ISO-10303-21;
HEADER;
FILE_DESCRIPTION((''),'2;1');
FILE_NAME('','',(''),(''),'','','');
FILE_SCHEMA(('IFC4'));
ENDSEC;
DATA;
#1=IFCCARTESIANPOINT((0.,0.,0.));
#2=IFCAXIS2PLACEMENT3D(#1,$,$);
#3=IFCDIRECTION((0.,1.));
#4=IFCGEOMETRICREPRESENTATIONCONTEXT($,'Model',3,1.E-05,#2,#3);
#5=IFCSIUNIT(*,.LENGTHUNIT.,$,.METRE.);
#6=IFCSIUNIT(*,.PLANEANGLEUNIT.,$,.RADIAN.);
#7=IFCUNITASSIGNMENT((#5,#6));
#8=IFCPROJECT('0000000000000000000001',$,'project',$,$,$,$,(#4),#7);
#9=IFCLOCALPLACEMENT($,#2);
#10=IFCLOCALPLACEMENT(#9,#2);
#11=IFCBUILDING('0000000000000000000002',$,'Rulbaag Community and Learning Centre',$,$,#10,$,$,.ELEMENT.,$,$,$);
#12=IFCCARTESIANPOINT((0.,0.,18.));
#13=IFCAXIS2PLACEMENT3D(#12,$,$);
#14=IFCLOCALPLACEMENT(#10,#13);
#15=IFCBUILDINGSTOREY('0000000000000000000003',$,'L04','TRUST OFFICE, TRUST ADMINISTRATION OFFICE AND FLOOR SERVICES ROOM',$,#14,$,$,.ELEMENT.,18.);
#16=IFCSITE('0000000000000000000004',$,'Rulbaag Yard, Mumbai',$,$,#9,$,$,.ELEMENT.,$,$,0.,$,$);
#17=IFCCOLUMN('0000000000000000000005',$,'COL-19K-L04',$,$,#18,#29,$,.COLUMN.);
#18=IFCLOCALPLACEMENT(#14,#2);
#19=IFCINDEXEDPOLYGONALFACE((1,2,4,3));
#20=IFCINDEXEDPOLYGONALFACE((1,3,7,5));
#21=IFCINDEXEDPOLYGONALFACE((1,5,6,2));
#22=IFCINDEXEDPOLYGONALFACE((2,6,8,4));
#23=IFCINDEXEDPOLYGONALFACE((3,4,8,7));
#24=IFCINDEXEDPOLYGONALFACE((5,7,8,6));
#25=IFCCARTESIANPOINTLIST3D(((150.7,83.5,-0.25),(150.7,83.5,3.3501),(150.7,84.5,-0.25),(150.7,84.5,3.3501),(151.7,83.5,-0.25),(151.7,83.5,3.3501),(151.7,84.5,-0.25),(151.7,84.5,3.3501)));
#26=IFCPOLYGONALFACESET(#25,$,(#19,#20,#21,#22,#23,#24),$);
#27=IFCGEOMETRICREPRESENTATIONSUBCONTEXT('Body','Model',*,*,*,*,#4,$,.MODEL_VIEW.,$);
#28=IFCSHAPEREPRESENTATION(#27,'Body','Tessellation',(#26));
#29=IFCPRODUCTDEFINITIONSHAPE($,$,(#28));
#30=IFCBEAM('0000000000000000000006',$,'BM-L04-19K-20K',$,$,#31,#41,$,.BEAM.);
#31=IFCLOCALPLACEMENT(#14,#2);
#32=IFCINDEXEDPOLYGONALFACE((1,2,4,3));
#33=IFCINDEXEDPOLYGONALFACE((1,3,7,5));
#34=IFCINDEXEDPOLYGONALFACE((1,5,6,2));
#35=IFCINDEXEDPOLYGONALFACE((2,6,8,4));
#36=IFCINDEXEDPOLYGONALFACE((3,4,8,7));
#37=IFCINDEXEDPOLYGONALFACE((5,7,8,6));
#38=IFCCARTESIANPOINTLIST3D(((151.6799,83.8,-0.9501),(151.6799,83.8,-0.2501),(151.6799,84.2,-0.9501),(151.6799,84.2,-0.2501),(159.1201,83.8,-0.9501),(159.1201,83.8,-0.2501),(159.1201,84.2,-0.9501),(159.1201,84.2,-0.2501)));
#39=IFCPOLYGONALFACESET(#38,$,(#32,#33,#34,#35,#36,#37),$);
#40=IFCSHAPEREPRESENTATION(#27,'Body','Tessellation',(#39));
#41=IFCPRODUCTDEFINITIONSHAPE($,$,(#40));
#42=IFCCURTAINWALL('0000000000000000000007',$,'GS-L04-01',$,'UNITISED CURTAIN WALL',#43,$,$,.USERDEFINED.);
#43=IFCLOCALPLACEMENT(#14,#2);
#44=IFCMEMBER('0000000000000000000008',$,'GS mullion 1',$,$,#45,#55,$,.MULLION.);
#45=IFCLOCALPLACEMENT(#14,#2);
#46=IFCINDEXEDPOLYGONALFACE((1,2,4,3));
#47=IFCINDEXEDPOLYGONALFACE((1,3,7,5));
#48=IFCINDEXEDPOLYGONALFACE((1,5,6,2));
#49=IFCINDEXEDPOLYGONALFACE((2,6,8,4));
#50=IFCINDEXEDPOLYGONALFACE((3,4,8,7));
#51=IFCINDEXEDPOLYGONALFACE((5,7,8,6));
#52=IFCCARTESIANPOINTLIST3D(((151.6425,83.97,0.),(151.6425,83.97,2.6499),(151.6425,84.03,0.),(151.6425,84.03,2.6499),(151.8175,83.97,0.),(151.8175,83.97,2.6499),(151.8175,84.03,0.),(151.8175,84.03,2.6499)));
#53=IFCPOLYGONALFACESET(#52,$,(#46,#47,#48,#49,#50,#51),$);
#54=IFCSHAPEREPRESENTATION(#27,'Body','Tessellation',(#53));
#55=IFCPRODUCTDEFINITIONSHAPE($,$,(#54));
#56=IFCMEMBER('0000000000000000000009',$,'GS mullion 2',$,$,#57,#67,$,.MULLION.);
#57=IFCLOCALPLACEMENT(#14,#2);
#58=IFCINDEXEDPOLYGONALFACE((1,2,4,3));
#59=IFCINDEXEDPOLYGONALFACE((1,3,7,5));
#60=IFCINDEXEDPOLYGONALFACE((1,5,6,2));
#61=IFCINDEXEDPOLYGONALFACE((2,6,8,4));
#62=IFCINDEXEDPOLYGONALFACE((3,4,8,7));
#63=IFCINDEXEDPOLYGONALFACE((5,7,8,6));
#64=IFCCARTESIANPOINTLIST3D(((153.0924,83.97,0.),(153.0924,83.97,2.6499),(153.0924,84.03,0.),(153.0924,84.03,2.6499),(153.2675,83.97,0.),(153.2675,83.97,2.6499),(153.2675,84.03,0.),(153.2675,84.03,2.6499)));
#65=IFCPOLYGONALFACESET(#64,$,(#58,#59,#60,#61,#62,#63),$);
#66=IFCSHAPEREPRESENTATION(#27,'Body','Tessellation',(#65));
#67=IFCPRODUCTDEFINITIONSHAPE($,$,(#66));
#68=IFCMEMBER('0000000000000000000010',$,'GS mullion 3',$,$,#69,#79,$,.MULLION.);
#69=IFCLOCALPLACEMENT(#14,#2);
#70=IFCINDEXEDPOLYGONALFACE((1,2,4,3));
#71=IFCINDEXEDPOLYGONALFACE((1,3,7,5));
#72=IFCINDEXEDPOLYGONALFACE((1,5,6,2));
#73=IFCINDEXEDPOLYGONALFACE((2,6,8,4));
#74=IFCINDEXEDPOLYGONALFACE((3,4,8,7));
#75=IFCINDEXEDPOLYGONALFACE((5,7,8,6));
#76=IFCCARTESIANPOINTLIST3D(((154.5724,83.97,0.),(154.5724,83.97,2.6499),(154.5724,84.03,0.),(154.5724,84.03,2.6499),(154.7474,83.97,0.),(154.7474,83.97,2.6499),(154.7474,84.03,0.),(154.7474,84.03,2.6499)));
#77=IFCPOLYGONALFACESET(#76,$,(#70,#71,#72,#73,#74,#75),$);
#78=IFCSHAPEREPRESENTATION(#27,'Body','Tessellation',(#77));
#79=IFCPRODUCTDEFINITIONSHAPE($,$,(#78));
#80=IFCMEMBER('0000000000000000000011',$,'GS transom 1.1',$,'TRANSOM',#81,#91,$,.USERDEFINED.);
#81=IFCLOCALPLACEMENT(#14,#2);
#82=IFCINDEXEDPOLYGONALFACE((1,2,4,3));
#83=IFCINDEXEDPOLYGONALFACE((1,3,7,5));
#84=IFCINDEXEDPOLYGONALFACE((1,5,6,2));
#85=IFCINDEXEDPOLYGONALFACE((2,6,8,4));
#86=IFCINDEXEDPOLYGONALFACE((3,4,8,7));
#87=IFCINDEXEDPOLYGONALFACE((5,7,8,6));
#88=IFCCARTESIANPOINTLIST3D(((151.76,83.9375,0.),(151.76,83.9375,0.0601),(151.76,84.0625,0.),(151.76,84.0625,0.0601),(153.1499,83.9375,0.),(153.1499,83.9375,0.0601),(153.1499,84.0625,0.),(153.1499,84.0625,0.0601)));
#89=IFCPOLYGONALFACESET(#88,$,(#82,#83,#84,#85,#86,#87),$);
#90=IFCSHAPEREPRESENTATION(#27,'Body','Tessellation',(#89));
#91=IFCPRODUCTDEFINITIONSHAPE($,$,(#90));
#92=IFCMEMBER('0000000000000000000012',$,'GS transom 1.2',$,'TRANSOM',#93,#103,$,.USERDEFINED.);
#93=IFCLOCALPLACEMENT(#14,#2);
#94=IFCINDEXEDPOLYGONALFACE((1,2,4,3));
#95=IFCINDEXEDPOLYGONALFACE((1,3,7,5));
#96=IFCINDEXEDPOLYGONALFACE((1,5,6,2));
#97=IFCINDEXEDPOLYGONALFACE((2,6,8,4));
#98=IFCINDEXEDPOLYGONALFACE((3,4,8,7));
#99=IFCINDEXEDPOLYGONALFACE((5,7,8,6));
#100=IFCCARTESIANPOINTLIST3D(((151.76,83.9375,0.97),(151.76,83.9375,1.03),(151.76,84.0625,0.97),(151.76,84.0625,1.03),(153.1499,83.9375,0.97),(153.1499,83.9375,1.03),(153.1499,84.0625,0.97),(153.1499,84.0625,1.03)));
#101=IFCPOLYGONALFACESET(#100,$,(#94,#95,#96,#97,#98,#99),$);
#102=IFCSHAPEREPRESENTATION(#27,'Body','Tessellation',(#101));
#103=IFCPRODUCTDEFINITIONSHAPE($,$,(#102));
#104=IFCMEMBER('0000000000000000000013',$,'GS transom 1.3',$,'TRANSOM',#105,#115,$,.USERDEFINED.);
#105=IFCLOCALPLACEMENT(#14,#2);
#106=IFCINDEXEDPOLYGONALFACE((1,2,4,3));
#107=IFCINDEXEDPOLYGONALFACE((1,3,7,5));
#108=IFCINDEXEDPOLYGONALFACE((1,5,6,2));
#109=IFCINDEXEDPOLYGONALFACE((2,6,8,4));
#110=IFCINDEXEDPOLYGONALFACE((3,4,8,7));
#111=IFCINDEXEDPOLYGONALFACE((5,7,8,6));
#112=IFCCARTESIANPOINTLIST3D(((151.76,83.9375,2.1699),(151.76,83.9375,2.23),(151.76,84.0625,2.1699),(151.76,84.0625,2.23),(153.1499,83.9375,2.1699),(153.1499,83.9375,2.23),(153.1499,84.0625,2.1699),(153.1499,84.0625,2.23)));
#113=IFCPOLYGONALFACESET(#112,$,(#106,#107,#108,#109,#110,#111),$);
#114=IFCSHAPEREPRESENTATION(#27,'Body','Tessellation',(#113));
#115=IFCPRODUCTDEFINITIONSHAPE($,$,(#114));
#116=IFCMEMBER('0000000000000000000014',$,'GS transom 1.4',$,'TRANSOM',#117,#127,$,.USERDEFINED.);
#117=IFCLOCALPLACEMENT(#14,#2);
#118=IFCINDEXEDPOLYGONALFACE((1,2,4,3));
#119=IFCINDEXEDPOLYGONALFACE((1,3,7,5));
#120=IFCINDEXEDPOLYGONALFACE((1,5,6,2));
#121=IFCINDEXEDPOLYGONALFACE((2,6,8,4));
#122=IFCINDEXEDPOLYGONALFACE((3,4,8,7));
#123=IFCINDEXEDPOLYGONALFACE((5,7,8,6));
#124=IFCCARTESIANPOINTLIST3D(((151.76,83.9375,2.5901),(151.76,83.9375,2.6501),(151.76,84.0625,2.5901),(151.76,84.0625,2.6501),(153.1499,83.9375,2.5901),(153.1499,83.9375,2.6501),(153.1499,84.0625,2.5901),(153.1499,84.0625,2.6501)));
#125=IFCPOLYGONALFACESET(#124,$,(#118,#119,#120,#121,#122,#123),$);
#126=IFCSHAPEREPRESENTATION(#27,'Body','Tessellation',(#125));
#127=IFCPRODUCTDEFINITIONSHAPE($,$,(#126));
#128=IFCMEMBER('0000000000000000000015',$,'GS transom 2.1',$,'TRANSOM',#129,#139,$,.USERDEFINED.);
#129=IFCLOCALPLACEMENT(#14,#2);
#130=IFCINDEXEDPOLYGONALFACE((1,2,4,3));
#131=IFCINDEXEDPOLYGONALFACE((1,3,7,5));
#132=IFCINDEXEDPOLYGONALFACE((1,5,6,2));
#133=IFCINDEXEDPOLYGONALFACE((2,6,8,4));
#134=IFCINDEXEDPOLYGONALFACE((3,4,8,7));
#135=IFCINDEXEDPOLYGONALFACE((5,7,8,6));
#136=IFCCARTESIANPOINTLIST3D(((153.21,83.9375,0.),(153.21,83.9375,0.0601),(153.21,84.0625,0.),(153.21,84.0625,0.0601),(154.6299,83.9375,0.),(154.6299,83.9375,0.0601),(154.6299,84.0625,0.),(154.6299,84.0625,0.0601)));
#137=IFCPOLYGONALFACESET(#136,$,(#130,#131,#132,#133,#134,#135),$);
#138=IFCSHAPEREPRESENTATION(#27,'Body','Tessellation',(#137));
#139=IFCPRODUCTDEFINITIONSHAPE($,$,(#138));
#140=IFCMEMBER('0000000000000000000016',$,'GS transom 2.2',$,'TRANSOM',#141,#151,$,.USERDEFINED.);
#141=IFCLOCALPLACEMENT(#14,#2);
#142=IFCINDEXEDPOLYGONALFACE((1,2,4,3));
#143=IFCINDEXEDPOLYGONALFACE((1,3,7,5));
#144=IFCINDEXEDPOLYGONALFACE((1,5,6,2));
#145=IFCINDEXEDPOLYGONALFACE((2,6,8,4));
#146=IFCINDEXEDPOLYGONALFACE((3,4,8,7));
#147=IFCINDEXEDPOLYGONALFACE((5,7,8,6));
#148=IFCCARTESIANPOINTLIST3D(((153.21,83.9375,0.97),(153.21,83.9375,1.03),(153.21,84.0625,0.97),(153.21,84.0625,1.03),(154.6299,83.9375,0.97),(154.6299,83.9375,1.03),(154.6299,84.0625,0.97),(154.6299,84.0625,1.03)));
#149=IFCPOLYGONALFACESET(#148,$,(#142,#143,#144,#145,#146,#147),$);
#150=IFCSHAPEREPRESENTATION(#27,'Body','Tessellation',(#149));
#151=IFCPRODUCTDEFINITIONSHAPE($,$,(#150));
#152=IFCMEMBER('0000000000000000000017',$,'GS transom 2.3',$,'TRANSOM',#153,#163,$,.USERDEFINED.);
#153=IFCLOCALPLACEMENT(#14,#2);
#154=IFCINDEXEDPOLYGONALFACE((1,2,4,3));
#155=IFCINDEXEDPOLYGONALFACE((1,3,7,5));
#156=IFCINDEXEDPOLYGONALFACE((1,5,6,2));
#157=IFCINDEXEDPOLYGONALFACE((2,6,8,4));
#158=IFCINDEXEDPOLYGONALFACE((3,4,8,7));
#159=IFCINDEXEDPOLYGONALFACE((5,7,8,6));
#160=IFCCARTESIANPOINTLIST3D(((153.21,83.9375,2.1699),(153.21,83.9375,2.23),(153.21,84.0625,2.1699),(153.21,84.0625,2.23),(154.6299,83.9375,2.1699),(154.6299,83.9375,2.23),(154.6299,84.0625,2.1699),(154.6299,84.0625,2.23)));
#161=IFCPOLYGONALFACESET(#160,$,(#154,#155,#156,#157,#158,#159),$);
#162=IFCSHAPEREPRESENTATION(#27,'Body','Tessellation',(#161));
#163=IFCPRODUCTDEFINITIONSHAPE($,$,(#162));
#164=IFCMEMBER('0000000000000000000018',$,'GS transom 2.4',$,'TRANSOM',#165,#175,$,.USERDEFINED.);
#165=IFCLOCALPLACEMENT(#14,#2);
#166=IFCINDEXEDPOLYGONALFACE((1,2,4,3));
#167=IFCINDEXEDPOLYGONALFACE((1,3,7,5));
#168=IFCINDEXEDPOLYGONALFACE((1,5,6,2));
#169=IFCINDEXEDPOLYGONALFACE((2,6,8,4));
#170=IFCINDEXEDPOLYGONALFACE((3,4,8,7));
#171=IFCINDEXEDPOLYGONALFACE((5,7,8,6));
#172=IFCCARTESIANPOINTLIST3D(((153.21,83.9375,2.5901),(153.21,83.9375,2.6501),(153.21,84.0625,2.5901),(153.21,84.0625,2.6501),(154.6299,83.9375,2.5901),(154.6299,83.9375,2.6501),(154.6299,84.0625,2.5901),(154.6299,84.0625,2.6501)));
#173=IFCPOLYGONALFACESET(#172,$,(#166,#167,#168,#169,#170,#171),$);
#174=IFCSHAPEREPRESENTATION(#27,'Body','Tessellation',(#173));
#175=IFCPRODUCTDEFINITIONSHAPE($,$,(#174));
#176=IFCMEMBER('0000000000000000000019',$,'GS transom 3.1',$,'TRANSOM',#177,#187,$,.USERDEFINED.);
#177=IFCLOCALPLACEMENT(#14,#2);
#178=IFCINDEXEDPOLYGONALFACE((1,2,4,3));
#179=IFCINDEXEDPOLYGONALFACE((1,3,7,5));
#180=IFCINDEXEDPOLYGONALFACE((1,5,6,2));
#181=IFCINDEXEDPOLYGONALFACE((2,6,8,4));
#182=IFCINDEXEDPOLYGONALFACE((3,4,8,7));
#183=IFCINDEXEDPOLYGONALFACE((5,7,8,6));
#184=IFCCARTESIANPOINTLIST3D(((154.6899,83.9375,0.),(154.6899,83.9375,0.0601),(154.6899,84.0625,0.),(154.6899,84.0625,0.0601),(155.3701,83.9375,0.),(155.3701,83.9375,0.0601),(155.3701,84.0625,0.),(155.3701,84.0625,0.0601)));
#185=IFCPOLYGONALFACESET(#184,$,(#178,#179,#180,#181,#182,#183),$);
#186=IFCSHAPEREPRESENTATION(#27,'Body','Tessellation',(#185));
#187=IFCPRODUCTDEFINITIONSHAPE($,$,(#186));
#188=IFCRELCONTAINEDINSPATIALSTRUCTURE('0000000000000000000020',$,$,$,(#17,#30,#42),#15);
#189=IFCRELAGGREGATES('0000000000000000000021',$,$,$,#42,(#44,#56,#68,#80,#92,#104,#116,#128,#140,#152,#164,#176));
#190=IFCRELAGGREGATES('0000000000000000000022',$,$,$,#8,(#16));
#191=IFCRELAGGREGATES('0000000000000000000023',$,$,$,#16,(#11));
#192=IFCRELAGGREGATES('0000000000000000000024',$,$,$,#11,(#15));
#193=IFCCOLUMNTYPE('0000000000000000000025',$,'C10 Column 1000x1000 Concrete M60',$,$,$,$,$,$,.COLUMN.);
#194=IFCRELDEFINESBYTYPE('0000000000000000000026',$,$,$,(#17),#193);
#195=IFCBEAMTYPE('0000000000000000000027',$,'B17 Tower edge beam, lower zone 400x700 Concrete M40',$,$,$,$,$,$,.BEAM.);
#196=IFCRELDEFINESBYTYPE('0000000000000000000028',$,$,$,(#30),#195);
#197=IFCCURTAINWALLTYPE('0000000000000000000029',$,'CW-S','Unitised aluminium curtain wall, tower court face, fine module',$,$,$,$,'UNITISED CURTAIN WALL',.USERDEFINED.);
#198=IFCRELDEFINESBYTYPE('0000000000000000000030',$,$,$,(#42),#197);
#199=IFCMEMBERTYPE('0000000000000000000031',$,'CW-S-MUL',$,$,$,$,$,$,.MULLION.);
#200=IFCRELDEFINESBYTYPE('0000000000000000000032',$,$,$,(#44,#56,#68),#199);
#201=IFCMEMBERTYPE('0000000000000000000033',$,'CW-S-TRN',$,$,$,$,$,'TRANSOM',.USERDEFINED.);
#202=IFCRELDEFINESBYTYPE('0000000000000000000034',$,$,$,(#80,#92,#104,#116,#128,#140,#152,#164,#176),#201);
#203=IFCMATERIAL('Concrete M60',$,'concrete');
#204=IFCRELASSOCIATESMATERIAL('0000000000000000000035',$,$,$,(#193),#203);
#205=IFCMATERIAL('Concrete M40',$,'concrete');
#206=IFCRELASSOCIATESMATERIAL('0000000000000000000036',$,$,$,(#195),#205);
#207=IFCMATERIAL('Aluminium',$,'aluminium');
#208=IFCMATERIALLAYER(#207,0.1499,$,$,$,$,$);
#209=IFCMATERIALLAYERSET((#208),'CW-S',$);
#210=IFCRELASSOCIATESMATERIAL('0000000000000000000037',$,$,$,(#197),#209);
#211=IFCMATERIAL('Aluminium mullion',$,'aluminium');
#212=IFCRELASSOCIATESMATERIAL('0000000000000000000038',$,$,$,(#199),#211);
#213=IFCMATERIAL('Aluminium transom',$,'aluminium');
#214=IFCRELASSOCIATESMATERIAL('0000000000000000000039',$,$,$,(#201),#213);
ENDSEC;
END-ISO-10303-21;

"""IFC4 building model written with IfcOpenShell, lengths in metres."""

from ifc_helpers import new_model, si_unit, direction, frame, origin, origin_2d, place, context, subcontext, project, spatial, rectangle, extrude, material, layer, layer_set, material_profile, profile_set, type_object, element, aggregate, save


model = new_model("IFC4")

# Units and contexts
model_context = context("Model", 3, precision=1e-05, world=origin(), true_north=direction((0.0, 1.0)))
body_context = subcontext(model_context, "Body", "Model", "MODEL_VIEW")
ifc_project = project(units=[si_unit("LENGTHUNIT", "METRE"), si_unit("PLANEANGLEUNIT", "RADIAN")], contexts=[model_context])

# Site, building, storey
site_placement = place(None, origin())
site = spatial("IfcSite", under=ifc_project, at=site_placement, Name="Rulbaag Yard, Mumbai", CompositionType="ELEMENT", RefElevation=0.0)
building_placement = place(site_placement, origin())
building = spatial("IfcBuilding", under=site, at=building_placement, Name="Rulbaag Community and Learning Centre", CompositionType="ELEMENT")
storey_placement = place(building_placement, frame((0.0, 0.0, 18.0)))
storey = spatial("IfcBuildingStorey", under=building, at=storey_placement, Name="L04", Description="TRUST OFFICE, TRUST ADMINISTRATION OFFICE AND FLOOR SERVICES ROOM", CompositionType="ELEMENT", Elevation=18.0)

# Column
ifc_material_1 = material(Name="Concrete M60", Category="concrete")
ifc_material_profile_1 = material_profile(ifc_material_1, rectangle(XDim=1.0, YDim=1.0, at=origin_2d()), Name="RC1000x1000")
ifc_profile_set_1 = profile_set([ifc_material_profile_1], Name="Concrete M60")
column_type = type_object("IfcColumnType", Name="C10 Column 1000x1000 Concrete M60", PredefinedType="COLUMN", material=ifc_profile_set_1)
column_placement = place(storey_placement, frame((151.2, 84.0, -0.25), z_axis=(0.0, 0.0, 1.0), x_axis=(1.0, 0.0, 0.0)))
element("IfcColumn", 1, at=column_placement, inside=storey, type_object=column_type, Name="COL-19K-L04", PredefinedType="COLUMN", context=body_context, shape_type="SweptSolid", body=[
    extrude(rectangle(XDim=1.0, YDim=1.0, at=origin_2d()), origin(), (0.0, 0.0, 1.0), 3.6001),
])

# Beam
ifc_material_2 = material(Name="Concrete M40", Category="concrete")
ifc_material_profile_2 = material_profile(ifc_material_2, rectangle(XDim=0.3999, YDim=0.7, at=origin_2d()), Name="RB400x700")
ifc_profile_set_2 = profile_set([ifc_material_profile_2], Name="Concrete M40")
beam_type = type_object("IfcBeamType", Name="B17 Tower edge beam, lower zone 400x700 Concrete M40", PredefinedType="BEAM", material=ifc_profile_set_2)
beam_placement = place(storey_placement, frame((151.6799, 84.0, -0.6001), z_axis=(1.0, 0.0, 0.0), x_axis=(0.0, 1.0, 0.0)))
element("IfcBeam", 2, at=beam_placement, inside=storey, type_object=beam_type, Name="BM-L04-19K-20K", PredefinedType="BEAM", context=body_context, shape_type="SweptSolid", body=[
    extrude(rectangle(XDim=0.3999, YDim=0.7, at=origin_2d()), origin(), (0.0, 0.0, 1.0), 7.4402),
])

# Curtain wall, members
ifc_material_3 = material(Name="Aluminium", Category="aluminium")
ifc_layer_1 = layer(ifc_material_3, 0.1499)
ifc_layer_set_1 = layer_set([ifc_layer_1], Name="CW-S")
curtain_wall_type = type_object("IfcCurtainWallType", Name="CW-S", Description="Unitised aluminium curtain wall, tower court face, fine module", ElementType="UNITISED CURTAIN WALL", PredefinedType="USERDEFINED", material=ifc_layer_set_1)
curtain_wall_placement = place(storey_placement, origin())
curtain_wall = element("IfcCurtainWall", 3, at=curtain_wall_placement, inside=storey, type_object=curtain_wall_type, Name="GS-L04-01", ObjectType="UNITISED CURTAIN WALL", PredefinedType="USERDEFINED")
ifc_material_4 = material(Name="Aluminium mullion", Category="aluminium")
ifc_material_profile_3 = material_profile(ifc_material_4, rectangle(XDim=0.0601, YDim=0.175, at=origin_2d()), Name="AL 60x175")
ifc_profile_set_3 = profile_set([ifc_material_profile_3], Name="Aluminium mullion")
member_type_1 = type_object("IfcMemberType", Name="CW-S-MUL", PredefinedType="MULLION", material=ifc_profile_set_3)
member_1_placement = place(storey_placement, frame((151.73, 84.0, 0.0), z_axis=(0.0, 0.0, 1.0), x_axis=(0.0, 1.0, 0.0)))
member_1 = element("IfcMember", 4, at=member_1_placement, type_object=member_type_1, Name="GS mullion 1", PredefinedType="MULLION", context=body_context, shape_type="SweptSolid", body=[
    extrude(rectangle(XDim=0.0601, YDim=0.175, at=origin_2d()), origin(), (0.0, 0.0, 1.0), 2.6499),
])
member_2_placement = place(storey_placement, frame((153.1799, 84.0, 0.0), z_axis=(0.0, 0.0, 1.0), x_axis=(0.0, 1.0, 0.0)))
member_2 = element("IfcMember", 5, at=member_2_placement, type_object=member_type_1, Name="GS mullion 2", PredefinedType="MULLION", context=body_context, shape_type="SweptSolid", body=[
    extrude(rectangle(XDim=0.0601, YDim=0.175, at=origin_2d()), origin(), (0.0, 0.0, 1.0), 2.6499),
])
member_3_placement = place(storey_placement, frame((154.6599, 84.0, 0.0), z_axis=(0.0, 0.0, 1.0), x_axis=(0.0, 1.0, 0.0)))
member_3 = element("IfcMember", 6, at=member_3_placement, type_object=member_type_1, Name="GS mullion 3", PredefinedType="MULLION", context=body_context, shape_type="SweptSolid", body=[
    extrude(rectangle(XDim=0.0601, YDim=0.175, at=origin_2d()), origin(), (0.0, 0.0, 1.0), 2.6499),
])
ifc_material_5 = material(Name="Aluminium transom", Category="aluminium")
ifc_material_profile_4 = material_profile(ifc_material_5, rectangle(XDim=0.125, YDim=0.0601, at=origin_2d()), Name="AL 60x125 T")
ifc_profile_set_4 = profile_set([ifc_material_profile_4], Name="Aluminium transom")
member_type_2 = type_object("IfcMemberType", Name="CW-S-TRN", ElementType="TRANSOM", PredefinedType="USERDEFINED", material=ifc_profile_set_4)
member_4_placement = place(storey_placement, frame((151.76, 84.0, 0.03), z_axis=(1.0, 0.0, 0.0), x_axis=(0.0, 1.0, 0.0)))
member_4 = element("IfcMember", 7, at=member_4_placement, type_object=member_type_2, Name="GS transom 1.1", ObjectType="TRANSOM", PredefinedType="USERDEFINED", context=body_context, shape_type="SweptSolid", body=[
    extrude(rectangle(XDim=0.125, YDim=0.0601, at=origin_2d()), origin(), (0.0, 0.0, 1.0), 1.3899),
])
member_5_placement = place(storey_placement, frame((151.76, 84.0, 1.0), z_axis=(1.0, 0.0, 0.0), x_axis=(0.0, 1.0, 0.0)))
member_5 = element("IfcMember", 8, at=member_5_placement, type_object=member_type_2, Name="GS transom 1.2", ObjectType="TRANSOM", PredefinedType="USERDEFINED", context=body_context, shape_type="SweptSolid", body=[
    extrude(rectangle(XDim=0.125, YDim=0.0601, at=origin_2d()), origin(), (0.0, 0.0, 1.0), 1.3899),
])
member_6_placement = place(storey_placement, frame((151.76, 84.0, 2.2), z_axis=(1.0, 0.0, 0.0), x_axis=(0.0, 1.0, 0.0)))
member_6 = element("IfcMember", 9, at=member_6_placement, type_object=member_type_2, Name="GS transom 1.3", ObjectType="TRANSOM", PredefinedType="USERDEFINED", context=body_context, shape_type="SweptSolid", body=[
    extrude(rectangle(XDim=0.125, YDim=0.0601, at=origin_2d()), origin(), (0.0, 0.0, 1.0), 1.3899),
])
member_7_placement = place(storey_placement, frame((151.76, 84.0, 2.6201), z_axis=(1.0, 0.0, 0.0), x_axis=(0.0, 1.0, 0.0)))
member_7 = element("IfcMember", 10, at=member_7_placement, type_object=member_type_2, Name="GS transom 1.4", ObjectType="TRANSOM", PredefinedType="USERDEFINED", context=body_context, shape_type="SweptSolid", body=[
    extrude(rectangle(XDim=0.125, YDim=0.0601, at=origin_2d()), origin(), (0.0, 0.0, 1.0), 1.3899),
])
member_8_placement = place(storey_placement, frame((153.21, 84.0, 0.03), z_axis=(1.0, 0.0, 0.0), x_axis=(0.0, 1.0, 0.0)))
member_8 = element("IfcMember", 11, at=member_8_placement, type_object=member_type_2, Name="GS transom 2.1", ObjectType="TRANSOM", PredefinedType="USERDEFINED", context=body_context, shape_type="SweptSolid", body=[
    extrude(rectangle(XDim=0.125, YDim=0.0601, at=origin_2d()), origin(), (0.0, 0.0, 1.0), 1.4199),
])
member_9_placement = place(storey_placement, frame((153.21, 84.0, 1.0), z_axis=(1.0, 0.0, 0.0), x_axis=(0.0, 1.0, 0.0)))
member_9 = element("IfcMember", 12, at=member_9_placement, type_object=member_type_2, Name="GS transom 2.2", ObjectType="TRANSOM", PredefinedType="USERDEFINED", context=body_context, shape_type="SweptSolid", body=[
    extrude(rectangle(XDim=0.125, YDim=0.0601, at=origin_2d()), origin(), (0.0, 0.0, 1.0), 1.4199),
])
member_10_placement = place(storey_placement, frame((153.21, 84.0, 2.2), z_axis=(1.0, 0.0, 0.0), x_axis=(0.0, 1.0, 0.0)))
member_10 = element("IfcMember", 13, at=member_10_placement, type_object=member_type_2, Name="GS transom 2.3", ObjectType="TRANSOM", PredefinedType="USERDEFINED", context=body_context, shape_type="SweptSolid", body=[
    extrude(rectangle(XDim=0.125, YDim=0.0601, at=origin_2d()), origin(), (0.0, 0.0, 1.0), 1.4199),
])
member_11_placement = place(storey_placement, frame((153.21, 84.0, 2.6201), z_axis=(1.0, 0.0, 0.0), x_axis=(0.0, 1.0, 0.0)))
member_11 = element("IfcMember", 14, at=member_11_placement, type_object=member_type_2, Name="GS transom 2.4", ObjectType="TRANSOM", PredefinedType="USERDEFINED", context=body_context, shape_type="SweptSolid", body=[
    extrude(rectangle(XDim=0.125, YDim=0.0601, at=origin_2d()), origin(), (0.0, 0.0, 1.0), 1.4199),
])
member_12_placement = place(storey_placement, frame((154.6899, 84.0, 0.03), z_axis=(1.0, 0.0, 0.0), x_axis=(0.0, 1.0, 0.0)))
member_12 = element("IfcMember", 15, at=member_12_placement, type_object=member_type_2, Name="GS transom 3.1", ObjectType="TRANSOM", PredefinedType="USERDEFINED", context=body_context, shape_type="SweptSolid", body=[
    extrude(rectangle(XDim=0.125, YDim=0.0601, at=origin_2d()), origin(), (0.0, 0.0, 1.0), 0.6802),
])
aggregate(curtain_wall, [member_1, member_2, member_3, member_4, member_5, member_6, member_7, member_8, member_9, member_10, member_11, member_12])

save(model, "model.ifc")
